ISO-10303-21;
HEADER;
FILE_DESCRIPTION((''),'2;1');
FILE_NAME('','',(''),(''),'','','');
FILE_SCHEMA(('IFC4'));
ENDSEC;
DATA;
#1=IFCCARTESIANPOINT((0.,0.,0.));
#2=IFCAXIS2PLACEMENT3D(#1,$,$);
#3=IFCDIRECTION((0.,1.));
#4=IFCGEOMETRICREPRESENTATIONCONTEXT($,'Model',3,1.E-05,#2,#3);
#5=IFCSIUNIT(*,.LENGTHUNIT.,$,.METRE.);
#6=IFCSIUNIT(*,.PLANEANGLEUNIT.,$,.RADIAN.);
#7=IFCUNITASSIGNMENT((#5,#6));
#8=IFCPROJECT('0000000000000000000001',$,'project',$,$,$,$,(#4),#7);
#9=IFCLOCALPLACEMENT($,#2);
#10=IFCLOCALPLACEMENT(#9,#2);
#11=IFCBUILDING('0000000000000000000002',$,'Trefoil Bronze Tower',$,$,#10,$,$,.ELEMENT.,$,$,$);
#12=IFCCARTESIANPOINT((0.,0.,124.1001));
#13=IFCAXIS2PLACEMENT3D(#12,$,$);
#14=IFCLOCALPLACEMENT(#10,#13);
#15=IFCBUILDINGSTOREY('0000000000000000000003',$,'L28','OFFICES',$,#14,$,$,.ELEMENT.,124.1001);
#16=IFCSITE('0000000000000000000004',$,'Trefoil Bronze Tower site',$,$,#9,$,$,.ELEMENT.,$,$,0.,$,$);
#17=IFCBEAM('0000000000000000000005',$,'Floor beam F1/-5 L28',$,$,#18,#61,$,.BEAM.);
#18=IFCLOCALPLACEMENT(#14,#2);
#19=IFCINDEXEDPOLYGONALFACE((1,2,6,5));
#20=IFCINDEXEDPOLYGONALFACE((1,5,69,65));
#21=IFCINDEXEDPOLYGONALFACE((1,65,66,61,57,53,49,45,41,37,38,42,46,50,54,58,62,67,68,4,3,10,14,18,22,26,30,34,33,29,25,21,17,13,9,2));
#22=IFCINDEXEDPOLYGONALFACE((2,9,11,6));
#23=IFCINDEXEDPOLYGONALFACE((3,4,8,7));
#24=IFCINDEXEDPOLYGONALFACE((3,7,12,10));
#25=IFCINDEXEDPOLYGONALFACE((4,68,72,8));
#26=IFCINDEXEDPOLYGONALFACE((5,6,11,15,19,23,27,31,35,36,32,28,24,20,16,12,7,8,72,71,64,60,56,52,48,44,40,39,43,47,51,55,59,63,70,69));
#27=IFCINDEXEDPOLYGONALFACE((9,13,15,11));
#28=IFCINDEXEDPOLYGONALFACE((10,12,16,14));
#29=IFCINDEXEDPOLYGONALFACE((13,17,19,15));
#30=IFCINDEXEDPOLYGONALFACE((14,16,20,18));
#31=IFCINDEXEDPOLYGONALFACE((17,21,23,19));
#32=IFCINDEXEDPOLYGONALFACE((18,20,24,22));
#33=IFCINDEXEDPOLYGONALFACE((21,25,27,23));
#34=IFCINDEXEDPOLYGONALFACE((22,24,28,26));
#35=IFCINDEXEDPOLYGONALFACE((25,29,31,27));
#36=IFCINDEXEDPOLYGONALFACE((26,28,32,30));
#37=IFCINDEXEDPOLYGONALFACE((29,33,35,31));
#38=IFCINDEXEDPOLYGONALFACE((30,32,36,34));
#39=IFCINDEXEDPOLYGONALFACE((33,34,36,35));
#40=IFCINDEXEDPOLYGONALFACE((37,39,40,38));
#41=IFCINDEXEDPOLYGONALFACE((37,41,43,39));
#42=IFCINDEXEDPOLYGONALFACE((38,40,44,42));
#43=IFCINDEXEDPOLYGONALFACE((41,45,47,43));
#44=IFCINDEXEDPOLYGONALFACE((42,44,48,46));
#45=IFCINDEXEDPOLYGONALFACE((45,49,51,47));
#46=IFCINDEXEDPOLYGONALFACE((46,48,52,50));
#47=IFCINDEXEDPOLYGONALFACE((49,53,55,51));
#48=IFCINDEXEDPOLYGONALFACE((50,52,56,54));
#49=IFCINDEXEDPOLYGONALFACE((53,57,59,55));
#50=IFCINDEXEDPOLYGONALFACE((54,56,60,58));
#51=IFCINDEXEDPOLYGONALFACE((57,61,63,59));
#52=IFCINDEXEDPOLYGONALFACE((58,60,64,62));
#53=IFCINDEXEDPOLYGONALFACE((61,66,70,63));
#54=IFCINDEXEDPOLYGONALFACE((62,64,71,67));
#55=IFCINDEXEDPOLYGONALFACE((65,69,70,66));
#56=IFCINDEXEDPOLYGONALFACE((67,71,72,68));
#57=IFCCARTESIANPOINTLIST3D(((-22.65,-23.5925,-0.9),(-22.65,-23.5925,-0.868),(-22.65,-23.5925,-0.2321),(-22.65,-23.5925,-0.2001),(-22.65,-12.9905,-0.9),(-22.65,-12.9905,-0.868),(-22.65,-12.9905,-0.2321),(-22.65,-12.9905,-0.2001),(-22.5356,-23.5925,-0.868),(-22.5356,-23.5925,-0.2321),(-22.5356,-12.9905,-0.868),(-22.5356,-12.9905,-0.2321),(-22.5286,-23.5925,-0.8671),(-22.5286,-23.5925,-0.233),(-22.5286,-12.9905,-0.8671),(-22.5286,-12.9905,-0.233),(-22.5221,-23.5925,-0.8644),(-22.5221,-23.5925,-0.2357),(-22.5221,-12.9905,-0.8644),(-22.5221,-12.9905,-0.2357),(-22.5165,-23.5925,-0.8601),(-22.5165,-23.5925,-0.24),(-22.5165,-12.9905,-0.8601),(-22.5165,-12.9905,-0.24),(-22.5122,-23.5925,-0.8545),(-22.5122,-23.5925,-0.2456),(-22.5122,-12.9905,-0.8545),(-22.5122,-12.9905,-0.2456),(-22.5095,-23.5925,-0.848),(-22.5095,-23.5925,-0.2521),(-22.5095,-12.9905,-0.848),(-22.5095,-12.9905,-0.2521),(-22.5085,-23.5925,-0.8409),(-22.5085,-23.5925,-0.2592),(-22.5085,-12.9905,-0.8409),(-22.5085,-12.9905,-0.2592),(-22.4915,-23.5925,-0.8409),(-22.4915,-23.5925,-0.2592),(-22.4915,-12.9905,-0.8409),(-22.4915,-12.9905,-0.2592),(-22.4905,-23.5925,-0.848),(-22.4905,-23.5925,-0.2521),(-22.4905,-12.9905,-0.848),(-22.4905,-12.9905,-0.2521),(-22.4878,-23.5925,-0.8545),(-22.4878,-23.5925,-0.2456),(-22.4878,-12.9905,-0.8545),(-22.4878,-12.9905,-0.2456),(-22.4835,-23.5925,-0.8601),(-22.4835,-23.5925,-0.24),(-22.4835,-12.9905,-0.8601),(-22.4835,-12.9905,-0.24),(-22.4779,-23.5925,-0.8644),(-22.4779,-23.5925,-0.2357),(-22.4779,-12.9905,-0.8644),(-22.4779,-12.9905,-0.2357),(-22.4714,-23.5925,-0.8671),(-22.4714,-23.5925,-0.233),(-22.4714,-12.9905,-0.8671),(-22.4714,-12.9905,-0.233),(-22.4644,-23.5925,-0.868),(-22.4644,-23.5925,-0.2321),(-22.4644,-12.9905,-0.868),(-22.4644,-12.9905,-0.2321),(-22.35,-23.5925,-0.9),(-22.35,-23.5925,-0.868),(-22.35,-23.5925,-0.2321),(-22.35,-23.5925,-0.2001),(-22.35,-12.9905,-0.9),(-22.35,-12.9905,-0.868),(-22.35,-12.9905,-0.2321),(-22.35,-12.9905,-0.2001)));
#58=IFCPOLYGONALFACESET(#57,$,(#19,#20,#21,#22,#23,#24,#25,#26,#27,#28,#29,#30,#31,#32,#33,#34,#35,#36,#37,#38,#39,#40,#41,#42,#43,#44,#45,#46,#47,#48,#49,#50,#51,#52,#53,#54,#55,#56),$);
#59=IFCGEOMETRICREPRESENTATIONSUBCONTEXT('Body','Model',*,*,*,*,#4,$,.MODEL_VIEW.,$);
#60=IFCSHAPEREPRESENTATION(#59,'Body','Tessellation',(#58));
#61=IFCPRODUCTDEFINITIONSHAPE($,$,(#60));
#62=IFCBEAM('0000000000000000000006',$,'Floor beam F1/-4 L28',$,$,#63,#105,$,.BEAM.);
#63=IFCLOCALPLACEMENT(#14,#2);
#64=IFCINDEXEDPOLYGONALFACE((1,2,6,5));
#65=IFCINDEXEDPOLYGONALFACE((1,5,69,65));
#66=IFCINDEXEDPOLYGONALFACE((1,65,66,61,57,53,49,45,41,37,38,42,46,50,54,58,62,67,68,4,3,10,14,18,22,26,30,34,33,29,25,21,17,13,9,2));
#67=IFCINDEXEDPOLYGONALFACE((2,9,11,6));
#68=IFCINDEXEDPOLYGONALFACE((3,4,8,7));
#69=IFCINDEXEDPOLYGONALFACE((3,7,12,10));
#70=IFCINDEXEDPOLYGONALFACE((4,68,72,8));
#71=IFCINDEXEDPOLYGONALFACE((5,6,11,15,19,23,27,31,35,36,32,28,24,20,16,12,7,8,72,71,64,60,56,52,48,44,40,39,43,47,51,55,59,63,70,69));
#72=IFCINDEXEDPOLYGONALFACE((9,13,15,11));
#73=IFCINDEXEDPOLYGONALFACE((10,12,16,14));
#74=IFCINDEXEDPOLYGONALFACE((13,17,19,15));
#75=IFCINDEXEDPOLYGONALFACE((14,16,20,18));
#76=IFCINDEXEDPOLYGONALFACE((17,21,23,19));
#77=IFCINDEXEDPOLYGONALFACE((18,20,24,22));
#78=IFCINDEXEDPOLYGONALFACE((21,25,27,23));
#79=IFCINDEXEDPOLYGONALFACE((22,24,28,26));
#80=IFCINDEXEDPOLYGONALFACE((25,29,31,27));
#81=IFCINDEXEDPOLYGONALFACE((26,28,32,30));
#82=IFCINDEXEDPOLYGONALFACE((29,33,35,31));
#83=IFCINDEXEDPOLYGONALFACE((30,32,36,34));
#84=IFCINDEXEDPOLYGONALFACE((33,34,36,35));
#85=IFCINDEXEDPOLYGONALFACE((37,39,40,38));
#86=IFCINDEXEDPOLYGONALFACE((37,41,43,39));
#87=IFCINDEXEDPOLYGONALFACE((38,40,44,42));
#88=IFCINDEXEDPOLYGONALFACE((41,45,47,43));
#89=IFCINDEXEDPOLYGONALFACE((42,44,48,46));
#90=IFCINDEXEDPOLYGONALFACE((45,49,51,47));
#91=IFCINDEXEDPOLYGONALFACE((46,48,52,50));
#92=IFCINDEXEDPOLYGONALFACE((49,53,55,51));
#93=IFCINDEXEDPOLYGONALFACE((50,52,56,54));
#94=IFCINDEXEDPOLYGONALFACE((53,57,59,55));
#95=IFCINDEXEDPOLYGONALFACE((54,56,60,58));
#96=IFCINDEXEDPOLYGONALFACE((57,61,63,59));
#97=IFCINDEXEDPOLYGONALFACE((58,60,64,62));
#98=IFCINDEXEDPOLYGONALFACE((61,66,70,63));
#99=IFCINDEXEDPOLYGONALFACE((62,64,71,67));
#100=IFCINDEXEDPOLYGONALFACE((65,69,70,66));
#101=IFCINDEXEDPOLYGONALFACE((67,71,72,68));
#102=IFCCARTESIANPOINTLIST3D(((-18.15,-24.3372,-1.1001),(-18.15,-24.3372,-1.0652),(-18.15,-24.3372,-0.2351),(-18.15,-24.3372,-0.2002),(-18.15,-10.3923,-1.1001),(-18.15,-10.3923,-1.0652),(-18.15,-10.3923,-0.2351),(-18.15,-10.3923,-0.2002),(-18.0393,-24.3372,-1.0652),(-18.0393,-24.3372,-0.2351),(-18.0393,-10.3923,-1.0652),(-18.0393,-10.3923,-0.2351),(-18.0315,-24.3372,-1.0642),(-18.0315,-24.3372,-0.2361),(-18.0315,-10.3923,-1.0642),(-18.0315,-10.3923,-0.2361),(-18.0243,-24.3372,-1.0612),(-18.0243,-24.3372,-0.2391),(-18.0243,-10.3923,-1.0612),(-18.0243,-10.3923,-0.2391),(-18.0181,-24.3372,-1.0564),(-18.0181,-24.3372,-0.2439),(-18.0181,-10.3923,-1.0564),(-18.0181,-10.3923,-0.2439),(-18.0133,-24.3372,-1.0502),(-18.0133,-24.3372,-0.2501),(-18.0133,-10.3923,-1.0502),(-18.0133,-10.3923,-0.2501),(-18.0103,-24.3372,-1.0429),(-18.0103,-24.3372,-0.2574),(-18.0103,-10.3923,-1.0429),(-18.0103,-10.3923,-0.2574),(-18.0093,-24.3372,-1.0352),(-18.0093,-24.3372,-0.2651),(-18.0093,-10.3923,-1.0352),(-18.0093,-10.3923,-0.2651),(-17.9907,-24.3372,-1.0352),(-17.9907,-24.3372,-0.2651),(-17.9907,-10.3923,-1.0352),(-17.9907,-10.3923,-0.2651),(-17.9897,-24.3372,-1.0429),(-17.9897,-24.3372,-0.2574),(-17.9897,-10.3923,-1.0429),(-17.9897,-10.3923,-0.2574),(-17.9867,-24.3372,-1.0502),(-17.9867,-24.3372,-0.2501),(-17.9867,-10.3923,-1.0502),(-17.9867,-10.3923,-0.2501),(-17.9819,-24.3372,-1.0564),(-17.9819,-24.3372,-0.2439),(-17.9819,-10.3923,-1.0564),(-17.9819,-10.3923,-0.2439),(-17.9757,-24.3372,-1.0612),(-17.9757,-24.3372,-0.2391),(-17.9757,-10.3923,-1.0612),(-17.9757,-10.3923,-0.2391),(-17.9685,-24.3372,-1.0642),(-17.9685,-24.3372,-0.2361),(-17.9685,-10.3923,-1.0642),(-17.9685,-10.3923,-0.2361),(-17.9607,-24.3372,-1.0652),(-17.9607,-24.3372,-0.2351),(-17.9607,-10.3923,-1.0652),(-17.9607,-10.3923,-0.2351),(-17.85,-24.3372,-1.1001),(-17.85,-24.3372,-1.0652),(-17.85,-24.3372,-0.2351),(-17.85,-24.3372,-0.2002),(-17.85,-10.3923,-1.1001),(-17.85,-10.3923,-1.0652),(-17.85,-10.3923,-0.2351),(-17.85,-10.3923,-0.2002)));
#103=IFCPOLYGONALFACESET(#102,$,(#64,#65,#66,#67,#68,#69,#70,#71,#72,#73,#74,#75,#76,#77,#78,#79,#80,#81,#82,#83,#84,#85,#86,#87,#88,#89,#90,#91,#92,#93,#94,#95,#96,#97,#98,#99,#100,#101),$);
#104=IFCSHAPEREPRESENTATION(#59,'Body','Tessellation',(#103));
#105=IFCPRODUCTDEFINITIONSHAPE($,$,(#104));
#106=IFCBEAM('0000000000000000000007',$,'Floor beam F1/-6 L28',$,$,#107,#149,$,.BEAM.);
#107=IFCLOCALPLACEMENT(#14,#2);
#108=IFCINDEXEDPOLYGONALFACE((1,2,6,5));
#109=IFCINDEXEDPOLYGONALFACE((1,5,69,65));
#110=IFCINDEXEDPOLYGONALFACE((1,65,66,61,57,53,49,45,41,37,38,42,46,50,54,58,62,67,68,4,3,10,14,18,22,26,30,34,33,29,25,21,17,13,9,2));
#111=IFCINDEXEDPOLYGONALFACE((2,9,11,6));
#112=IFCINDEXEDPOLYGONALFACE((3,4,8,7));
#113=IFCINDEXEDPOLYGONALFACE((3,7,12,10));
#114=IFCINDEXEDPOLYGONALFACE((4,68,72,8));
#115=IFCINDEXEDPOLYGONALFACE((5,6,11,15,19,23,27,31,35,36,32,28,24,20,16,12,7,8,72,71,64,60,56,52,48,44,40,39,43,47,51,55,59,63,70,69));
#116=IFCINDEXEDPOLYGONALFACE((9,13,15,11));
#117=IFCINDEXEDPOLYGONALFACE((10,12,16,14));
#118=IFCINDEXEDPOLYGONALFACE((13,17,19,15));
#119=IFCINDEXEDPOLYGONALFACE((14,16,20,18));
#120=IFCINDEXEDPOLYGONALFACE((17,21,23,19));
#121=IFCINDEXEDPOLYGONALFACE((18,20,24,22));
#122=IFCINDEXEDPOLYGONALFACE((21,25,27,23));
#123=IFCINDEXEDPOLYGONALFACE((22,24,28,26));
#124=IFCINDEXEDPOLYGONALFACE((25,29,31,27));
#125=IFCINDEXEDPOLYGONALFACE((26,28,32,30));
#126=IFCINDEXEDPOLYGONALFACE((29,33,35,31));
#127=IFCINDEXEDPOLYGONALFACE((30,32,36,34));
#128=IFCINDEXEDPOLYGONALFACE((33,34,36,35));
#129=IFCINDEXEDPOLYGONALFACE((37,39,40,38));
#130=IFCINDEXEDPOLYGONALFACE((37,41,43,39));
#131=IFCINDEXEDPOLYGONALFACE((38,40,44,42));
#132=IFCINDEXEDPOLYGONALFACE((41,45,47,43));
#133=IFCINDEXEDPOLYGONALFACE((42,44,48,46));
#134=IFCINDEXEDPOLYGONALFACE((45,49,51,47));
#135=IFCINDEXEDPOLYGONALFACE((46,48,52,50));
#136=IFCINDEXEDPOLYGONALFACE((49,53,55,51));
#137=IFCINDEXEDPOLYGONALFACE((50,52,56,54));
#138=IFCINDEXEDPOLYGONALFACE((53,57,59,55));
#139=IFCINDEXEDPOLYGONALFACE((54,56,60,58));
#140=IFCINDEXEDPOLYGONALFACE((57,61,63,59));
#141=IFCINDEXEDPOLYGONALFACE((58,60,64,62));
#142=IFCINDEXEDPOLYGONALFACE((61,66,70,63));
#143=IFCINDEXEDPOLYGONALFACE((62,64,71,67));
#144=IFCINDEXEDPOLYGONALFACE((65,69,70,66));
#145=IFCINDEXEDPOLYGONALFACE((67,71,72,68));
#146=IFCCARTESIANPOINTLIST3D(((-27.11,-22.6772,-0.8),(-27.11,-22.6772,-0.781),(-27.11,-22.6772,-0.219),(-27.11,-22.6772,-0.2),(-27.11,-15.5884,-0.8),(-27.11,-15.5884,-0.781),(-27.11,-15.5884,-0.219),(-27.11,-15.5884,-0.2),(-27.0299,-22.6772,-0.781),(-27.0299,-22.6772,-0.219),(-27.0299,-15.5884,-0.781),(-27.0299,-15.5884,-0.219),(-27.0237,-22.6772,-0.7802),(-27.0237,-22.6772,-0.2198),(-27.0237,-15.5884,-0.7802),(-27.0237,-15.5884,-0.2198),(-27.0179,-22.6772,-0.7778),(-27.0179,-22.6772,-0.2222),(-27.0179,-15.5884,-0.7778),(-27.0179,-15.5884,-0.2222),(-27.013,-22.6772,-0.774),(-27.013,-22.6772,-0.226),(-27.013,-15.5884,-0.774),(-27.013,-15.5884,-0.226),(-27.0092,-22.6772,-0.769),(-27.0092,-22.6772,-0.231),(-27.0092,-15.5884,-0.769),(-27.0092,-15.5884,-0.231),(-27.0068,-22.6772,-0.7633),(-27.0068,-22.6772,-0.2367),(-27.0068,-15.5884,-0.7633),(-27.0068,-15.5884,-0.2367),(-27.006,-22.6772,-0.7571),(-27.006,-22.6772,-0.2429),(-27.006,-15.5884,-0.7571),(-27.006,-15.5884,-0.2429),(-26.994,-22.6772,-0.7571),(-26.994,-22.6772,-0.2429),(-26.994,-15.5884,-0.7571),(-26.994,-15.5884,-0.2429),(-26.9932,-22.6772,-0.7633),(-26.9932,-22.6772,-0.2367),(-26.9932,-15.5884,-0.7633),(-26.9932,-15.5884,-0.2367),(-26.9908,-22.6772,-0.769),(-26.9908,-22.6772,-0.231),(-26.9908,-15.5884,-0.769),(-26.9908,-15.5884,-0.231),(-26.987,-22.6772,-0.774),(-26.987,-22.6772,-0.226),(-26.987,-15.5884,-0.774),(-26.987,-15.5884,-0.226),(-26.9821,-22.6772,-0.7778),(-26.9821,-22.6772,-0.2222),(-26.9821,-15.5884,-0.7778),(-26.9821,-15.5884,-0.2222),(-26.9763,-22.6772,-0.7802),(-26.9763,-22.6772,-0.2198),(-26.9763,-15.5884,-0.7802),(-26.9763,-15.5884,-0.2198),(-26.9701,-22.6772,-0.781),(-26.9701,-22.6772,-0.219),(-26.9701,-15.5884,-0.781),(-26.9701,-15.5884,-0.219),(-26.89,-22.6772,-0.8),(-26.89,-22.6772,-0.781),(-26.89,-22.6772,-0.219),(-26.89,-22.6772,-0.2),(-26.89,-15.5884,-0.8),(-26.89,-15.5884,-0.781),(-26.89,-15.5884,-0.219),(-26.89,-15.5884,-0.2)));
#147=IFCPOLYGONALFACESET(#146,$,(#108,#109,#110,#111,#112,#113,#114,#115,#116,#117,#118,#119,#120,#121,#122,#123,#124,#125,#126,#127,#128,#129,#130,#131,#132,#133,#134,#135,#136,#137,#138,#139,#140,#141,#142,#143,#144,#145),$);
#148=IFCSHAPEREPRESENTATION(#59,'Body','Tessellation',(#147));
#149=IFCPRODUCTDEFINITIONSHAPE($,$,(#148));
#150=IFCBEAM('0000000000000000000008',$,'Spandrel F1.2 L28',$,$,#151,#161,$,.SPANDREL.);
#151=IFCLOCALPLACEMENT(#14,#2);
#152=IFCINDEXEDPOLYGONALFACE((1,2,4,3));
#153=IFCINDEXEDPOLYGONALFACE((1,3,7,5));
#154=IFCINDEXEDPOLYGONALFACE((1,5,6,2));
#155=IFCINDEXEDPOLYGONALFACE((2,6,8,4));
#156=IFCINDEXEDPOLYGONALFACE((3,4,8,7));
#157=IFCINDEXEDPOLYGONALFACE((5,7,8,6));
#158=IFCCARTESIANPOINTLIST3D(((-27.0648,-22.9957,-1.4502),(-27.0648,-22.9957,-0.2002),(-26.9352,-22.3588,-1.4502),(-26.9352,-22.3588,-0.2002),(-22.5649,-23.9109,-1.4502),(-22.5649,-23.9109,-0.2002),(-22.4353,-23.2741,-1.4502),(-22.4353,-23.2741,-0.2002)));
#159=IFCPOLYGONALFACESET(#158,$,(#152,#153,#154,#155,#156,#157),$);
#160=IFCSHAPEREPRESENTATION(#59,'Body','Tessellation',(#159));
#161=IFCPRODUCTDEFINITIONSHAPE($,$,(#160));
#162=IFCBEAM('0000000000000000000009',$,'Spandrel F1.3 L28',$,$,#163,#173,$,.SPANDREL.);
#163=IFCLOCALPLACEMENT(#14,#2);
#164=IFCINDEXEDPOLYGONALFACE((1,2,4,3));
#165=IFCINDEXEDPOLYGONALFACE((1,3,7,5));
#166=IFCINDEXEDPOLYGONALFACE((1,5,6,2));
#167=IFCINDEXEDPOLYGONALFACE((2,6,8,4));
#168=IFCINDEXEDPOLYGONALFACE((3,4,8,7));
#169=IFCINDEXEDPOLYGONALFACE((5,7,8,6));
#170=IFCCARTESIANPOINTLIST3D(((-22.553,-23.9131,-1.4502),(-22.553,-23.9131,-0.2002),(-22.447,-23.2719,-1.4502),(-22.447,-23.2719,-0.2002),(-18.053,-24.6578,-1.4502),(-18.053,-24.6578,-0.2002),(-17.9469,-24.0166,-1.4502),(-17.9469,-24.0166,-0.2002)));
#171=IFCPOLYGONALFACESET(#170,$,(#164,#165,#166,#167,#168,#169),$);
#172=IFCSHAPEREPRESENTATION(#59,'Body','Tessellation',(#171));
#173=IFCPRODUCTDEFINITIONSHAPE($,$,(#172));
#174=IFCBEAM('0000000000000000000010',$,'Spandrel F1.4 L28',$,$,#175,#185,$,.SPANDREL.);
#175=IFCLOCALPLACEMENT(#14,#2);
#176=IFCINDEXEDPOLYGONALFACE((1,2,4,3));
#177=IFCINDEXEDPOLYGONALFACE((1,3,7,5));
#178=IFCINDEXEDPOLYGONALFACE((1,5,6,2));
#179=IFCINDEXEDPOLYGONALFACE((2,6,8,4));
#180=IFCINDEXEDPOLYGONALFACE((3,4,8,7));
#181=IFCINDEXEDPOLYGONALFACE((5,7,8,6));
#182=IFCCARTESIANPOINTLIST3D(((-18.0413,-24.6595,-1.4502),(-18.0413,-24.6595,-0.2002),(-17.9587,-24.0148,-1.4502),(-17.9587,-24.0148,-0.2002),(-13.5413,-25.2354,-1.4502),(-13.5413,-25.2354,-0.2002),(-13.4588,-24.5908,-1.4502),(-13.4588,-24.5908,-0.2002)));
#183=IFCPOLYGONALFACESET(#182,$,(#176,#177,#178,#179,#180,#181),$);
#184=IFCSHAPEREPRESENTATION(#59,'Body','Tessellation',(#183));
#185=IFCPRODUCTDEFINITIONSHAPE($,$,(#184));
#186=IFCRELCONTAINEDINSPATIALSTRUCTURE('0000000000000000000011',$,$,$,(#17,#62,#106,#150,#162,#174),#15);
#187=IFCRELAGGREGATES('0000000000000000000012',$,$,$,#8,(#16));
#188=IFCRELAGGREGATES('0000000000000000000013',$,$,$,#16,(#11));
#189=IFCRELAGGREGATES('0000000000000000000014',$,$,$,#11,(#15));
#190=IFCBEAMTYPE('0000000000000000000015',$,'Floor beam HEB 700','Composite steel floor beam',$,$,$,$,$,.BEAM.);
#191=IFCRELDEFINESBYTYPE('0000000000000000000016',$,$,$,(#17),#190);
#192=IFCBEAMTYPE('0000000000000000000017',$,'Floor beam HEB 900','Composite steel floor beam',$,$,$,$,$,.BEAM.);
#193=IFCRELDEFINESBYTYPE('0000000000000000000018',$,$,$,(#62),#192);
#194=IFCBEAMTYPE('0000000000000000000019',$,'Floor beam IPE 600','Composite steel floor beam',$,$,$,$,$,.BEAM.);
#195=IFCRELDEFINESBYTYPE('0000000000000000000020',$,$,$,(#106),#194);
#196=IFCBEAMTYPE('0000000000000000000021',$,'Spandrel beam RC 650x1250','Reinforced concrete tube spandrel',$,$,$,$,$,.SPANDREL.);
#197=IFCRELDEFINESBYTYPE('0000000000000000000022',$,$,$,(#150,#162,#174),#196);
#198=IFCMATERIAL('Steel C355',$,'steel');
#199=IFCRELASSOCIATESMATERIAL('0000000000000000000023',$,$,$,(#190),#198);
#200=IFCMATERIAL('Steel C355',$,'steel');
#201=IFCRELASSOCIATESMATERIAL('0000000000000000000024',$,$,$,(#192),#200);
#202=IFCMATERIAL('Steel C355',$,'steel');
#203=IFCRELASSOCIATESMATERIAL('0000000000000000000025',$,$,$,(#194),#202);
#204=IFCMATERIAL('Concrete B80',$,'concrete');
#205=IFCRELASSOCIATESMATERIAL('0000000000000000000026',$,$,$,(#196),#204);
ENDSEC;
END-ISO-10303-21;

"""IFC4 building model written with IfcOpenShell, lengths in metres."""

from ifc_helpers import new_model, si_unit, direction, frame, origin, origin_2d, place, context, subcontext, project, spatial, rectangle, i_section, extrude, material, material_profile, profile_set, type_object, element, save


model = new_model("IFC4")

# Units and contexts
model_context = context("Model", 3, precision=1e-05, world=origin(), true_north=direction((0.0, 1.0)))
body_context = subcontext(model_context, "Body", "Model", "MODEL_VIEW")
ifc_project = project(units=[si_unit("LENGTHUNIT", "METRE"), si_unit("PLANEANGLEUNIT", "RADIAN")], contexts=[model_context])

# Site, building, storey
site_placement = place(None, origin())
site = spatial("IfcSite", under=ifc_project, at=site_placement, Name="Trefoil Bronze Tower site", CompositionType="ELEMENT", RefElevation=0.0)
building_placement = place(site_placement, origin())
building = spatial("IfcBuilding", under=site, at=building_placement, Name="Trefoil Bronze Tower", CompositionType="ELEMENT")
storey_placement = place(building_placement, frame((0.0, 0.0, 124.1001)))
storey = spatial("IfcBuildingStorey", under=building, at=storey_placement, Name="L28", Description="OFFICES", CompositionType="ELEMENT", Elevation=124.1001)

# Beams
ifc_material_1 = material(Name="Steel C355", Category="steel")
ifc_material_profile_1 = material_profile(ifc_material_1, i_section(OverallWidth=0.3, OverallDepth=0.7, WebThickness=0.0171, FlangeThickness=0.032, FilletRadius=0.0271, at=origin_2d()), Name="HEB 700")
ifc_profile_set_1 = profile_set([ifc_material_profile_1], Name="Steel C355")
beam_type_1 = type_object("IfcBeamType", Name="Floor beam HEB 700", Description="Composite steel floor beam", PredefinedType="BEAM", material=ifc_profile_set_1)
beam_1_placement = place(storey_placement, frame((-22.5, -23.5925, -0.55), z_axis=(0.0, 1.0, 0.0), x_axis=(-1.0, 0.0, 0.0)))
element("IfcBeam", 1, at=beam_1_placement, inside=storey, type_object=beam_type_1, Name="Floor beam F1/-5 L28", PredefinedType="BEAM", context=body_context, shape_type="SweptSolid", body=[
    extrude(i_section(OverallWidth=0.3, OverallDepth=0.7, WebThickness=0.0171, FlangeThickness=0.032, FilletRadius=0.0271, at=origin_2d()), origin(), (0.0, 0.0, 1.0), 10.6021),
])
ifc_material_2 = material(Name="Steel C355", Category="steel")
ifc_material_profile_2 = material_profile(ifc_material_2, i_section(OverallWidth=0.3, OverallDepth=0.8999, WebThickness=0.0186, FlangeThickness=0.0349, FilletRadius=0.03, at=origin_2d()), Name="HEB 900")
ifc_profile_set_2 = profile_set([ifc_material_profile_2], Name="Steel C355")
beam_type_2 = type_object("IfcBeamType", Name="Floor beam HEB 900", Description="Composite steel floor beam", PredefinedType="BEAM", material=ifc_profile_set_2)
beam_2_placement = place(storey_placement, frame((-18.0, -24.3372, -0.6501), z_axis=(0.0, 1.0, 0.0), x_axis=(-1.0, 0.0, 0.0)))
element("IfcBeam", 2, at=beam_2_placement, inside=storey, type_object=beam_type_2, Name="Floor beam F1/-4 L28", PredefinedType="BEAM", context=body_context, shape_type="SweptSolid", body=[
    extrude(i_section(OverallWidth=0.3, OverallDepth=0.8999, WebThickness=0.0186, FlangeThickness=0.0349, FilletRadius=0.03, at=origin_2d()), origin(), (0.0, 0.0, 1.0), 13.9448),
])
ifc_material_3 = material(Name="Steel C355", Category="steel")
ifc_material_profile_3 = material_profile(ifc_material_3, i_section(OverallWidth=0.22, OverallDepth=0.6001, WebThickness=0.012, FlangeThickness=0.019, FilletRadius=0.0239, at=origin_2d()), Name="IPE 600")
ifc_profile_set_3 = profile_set([ifc_material_profile_3], Name="Steel C355")
beam_type_3 = type_object("IfcBeamType", Name="Floor beam IPE 600", Description="Composite steel floor beam", PredefinedType="BEAM", material=ifc_profile_set_3)
beam_3_placement = place(storey_placement, frame((-27.0, -22.6772, -0.5), z_axis=(0.0, 1.0, 0.0), x_axis=(-1.0, 0.0, 0.0)))
element("IfcBeam", 3, at=beam_3_placement, inside=storey, type_object=beam_type_3, Name="Floor beam F1/-6 L28", PredefinedType="BEAM", context=body_context, shape_type="SweptSolid", body=[
    extrude(i_section(OverallWidth=0.22, OverallDepth=0.6001, WebThickness=0.012, FlangeThickness=0.019, FilletRadius=0.0239, at=origin_2d()), origin(), (0.0, 0.0, 1.0), 7.0889),
])
ifc_material_4 = material(Name="Concrete B80", Category="concrete")
ifc_material_profile_4 = material_profile(ifc_material_4, rectangle(XDim=0.6499, YDim=1.25, at=origin_2d()), Name="RC 650x1250")
ifc_profile_set_4 = profile_set([ifc_material_profile_4], Name="Concrete B80")
beam_type_4 = type_object("IfcBeamType", Name="Spandrel beam RC 650x1250", Description="Reinforced concrete tube spandrel", PredefinedType="SPANDREL", material=ifc_profile_set_4)
beam_4_placement = place(storey_placement, frame((-27.0, -22.6772, -0.8252), z_axis=(0.979935, -0.199315, 0.0), x_axis=(0.199315, 0.979935, 0.0)))
element("IfcBeam", 4, at=beam_4_placement, inside=storey, type_object=beam_type_4, Name="Spandrel F1.2 L28", PredefinedType="SPANDREL", context=body_context, shape_type="SweptSolid", body=[
    extrude(rectangle(XDim=0.6499, YDim=1.25, at=origin_2d()), origin(), (0.0, 0.0, 1.0), 4.592),
])
beam_5_placement = place(storey_placement, frame((-22.5, -23.5925, -0.8252), z_axis=(0.986584, -0.163253, 0.0), x_axis=(0.163253, 0.986584, 0.0)))
element("IfcBeam", 5, at=beam_5_placement, inside=storey, type_object=beam_type_4, Name="Spandrel F1.3 L28", PredefinedType="SPANDREL", context=body_context, shape_type="SweptSolid", body=[
    extrude(rectangle(XDim=0.6499, YDim=1.25, at=origin_2d()), origin(), (0.0, 0.0, 1.0), 4.5613),
])
beam_6_placement = place(storey_placement, frame((-18.0, -24.3372, -0.8252), z_axis=(0.991909, -0.126948, 0.0), x_axis=(0.126948, 0.991909, 0.0)))
element("IfcBeam", 6, at=beam_6_placement, inside=storey, type_object=beam_type_4, Name="Spandrel F1.4 L28", PredefinedType="SPANDREL", context=body_context, shape_type="SweptSolid", body=[
    extrude(rectangle(XDim=0.6499, YDim=1.25, at=origin_2d()), origin(), (0.0, 0.0, 1.0), 4.5366),
])

save(model, "model.ifc")
